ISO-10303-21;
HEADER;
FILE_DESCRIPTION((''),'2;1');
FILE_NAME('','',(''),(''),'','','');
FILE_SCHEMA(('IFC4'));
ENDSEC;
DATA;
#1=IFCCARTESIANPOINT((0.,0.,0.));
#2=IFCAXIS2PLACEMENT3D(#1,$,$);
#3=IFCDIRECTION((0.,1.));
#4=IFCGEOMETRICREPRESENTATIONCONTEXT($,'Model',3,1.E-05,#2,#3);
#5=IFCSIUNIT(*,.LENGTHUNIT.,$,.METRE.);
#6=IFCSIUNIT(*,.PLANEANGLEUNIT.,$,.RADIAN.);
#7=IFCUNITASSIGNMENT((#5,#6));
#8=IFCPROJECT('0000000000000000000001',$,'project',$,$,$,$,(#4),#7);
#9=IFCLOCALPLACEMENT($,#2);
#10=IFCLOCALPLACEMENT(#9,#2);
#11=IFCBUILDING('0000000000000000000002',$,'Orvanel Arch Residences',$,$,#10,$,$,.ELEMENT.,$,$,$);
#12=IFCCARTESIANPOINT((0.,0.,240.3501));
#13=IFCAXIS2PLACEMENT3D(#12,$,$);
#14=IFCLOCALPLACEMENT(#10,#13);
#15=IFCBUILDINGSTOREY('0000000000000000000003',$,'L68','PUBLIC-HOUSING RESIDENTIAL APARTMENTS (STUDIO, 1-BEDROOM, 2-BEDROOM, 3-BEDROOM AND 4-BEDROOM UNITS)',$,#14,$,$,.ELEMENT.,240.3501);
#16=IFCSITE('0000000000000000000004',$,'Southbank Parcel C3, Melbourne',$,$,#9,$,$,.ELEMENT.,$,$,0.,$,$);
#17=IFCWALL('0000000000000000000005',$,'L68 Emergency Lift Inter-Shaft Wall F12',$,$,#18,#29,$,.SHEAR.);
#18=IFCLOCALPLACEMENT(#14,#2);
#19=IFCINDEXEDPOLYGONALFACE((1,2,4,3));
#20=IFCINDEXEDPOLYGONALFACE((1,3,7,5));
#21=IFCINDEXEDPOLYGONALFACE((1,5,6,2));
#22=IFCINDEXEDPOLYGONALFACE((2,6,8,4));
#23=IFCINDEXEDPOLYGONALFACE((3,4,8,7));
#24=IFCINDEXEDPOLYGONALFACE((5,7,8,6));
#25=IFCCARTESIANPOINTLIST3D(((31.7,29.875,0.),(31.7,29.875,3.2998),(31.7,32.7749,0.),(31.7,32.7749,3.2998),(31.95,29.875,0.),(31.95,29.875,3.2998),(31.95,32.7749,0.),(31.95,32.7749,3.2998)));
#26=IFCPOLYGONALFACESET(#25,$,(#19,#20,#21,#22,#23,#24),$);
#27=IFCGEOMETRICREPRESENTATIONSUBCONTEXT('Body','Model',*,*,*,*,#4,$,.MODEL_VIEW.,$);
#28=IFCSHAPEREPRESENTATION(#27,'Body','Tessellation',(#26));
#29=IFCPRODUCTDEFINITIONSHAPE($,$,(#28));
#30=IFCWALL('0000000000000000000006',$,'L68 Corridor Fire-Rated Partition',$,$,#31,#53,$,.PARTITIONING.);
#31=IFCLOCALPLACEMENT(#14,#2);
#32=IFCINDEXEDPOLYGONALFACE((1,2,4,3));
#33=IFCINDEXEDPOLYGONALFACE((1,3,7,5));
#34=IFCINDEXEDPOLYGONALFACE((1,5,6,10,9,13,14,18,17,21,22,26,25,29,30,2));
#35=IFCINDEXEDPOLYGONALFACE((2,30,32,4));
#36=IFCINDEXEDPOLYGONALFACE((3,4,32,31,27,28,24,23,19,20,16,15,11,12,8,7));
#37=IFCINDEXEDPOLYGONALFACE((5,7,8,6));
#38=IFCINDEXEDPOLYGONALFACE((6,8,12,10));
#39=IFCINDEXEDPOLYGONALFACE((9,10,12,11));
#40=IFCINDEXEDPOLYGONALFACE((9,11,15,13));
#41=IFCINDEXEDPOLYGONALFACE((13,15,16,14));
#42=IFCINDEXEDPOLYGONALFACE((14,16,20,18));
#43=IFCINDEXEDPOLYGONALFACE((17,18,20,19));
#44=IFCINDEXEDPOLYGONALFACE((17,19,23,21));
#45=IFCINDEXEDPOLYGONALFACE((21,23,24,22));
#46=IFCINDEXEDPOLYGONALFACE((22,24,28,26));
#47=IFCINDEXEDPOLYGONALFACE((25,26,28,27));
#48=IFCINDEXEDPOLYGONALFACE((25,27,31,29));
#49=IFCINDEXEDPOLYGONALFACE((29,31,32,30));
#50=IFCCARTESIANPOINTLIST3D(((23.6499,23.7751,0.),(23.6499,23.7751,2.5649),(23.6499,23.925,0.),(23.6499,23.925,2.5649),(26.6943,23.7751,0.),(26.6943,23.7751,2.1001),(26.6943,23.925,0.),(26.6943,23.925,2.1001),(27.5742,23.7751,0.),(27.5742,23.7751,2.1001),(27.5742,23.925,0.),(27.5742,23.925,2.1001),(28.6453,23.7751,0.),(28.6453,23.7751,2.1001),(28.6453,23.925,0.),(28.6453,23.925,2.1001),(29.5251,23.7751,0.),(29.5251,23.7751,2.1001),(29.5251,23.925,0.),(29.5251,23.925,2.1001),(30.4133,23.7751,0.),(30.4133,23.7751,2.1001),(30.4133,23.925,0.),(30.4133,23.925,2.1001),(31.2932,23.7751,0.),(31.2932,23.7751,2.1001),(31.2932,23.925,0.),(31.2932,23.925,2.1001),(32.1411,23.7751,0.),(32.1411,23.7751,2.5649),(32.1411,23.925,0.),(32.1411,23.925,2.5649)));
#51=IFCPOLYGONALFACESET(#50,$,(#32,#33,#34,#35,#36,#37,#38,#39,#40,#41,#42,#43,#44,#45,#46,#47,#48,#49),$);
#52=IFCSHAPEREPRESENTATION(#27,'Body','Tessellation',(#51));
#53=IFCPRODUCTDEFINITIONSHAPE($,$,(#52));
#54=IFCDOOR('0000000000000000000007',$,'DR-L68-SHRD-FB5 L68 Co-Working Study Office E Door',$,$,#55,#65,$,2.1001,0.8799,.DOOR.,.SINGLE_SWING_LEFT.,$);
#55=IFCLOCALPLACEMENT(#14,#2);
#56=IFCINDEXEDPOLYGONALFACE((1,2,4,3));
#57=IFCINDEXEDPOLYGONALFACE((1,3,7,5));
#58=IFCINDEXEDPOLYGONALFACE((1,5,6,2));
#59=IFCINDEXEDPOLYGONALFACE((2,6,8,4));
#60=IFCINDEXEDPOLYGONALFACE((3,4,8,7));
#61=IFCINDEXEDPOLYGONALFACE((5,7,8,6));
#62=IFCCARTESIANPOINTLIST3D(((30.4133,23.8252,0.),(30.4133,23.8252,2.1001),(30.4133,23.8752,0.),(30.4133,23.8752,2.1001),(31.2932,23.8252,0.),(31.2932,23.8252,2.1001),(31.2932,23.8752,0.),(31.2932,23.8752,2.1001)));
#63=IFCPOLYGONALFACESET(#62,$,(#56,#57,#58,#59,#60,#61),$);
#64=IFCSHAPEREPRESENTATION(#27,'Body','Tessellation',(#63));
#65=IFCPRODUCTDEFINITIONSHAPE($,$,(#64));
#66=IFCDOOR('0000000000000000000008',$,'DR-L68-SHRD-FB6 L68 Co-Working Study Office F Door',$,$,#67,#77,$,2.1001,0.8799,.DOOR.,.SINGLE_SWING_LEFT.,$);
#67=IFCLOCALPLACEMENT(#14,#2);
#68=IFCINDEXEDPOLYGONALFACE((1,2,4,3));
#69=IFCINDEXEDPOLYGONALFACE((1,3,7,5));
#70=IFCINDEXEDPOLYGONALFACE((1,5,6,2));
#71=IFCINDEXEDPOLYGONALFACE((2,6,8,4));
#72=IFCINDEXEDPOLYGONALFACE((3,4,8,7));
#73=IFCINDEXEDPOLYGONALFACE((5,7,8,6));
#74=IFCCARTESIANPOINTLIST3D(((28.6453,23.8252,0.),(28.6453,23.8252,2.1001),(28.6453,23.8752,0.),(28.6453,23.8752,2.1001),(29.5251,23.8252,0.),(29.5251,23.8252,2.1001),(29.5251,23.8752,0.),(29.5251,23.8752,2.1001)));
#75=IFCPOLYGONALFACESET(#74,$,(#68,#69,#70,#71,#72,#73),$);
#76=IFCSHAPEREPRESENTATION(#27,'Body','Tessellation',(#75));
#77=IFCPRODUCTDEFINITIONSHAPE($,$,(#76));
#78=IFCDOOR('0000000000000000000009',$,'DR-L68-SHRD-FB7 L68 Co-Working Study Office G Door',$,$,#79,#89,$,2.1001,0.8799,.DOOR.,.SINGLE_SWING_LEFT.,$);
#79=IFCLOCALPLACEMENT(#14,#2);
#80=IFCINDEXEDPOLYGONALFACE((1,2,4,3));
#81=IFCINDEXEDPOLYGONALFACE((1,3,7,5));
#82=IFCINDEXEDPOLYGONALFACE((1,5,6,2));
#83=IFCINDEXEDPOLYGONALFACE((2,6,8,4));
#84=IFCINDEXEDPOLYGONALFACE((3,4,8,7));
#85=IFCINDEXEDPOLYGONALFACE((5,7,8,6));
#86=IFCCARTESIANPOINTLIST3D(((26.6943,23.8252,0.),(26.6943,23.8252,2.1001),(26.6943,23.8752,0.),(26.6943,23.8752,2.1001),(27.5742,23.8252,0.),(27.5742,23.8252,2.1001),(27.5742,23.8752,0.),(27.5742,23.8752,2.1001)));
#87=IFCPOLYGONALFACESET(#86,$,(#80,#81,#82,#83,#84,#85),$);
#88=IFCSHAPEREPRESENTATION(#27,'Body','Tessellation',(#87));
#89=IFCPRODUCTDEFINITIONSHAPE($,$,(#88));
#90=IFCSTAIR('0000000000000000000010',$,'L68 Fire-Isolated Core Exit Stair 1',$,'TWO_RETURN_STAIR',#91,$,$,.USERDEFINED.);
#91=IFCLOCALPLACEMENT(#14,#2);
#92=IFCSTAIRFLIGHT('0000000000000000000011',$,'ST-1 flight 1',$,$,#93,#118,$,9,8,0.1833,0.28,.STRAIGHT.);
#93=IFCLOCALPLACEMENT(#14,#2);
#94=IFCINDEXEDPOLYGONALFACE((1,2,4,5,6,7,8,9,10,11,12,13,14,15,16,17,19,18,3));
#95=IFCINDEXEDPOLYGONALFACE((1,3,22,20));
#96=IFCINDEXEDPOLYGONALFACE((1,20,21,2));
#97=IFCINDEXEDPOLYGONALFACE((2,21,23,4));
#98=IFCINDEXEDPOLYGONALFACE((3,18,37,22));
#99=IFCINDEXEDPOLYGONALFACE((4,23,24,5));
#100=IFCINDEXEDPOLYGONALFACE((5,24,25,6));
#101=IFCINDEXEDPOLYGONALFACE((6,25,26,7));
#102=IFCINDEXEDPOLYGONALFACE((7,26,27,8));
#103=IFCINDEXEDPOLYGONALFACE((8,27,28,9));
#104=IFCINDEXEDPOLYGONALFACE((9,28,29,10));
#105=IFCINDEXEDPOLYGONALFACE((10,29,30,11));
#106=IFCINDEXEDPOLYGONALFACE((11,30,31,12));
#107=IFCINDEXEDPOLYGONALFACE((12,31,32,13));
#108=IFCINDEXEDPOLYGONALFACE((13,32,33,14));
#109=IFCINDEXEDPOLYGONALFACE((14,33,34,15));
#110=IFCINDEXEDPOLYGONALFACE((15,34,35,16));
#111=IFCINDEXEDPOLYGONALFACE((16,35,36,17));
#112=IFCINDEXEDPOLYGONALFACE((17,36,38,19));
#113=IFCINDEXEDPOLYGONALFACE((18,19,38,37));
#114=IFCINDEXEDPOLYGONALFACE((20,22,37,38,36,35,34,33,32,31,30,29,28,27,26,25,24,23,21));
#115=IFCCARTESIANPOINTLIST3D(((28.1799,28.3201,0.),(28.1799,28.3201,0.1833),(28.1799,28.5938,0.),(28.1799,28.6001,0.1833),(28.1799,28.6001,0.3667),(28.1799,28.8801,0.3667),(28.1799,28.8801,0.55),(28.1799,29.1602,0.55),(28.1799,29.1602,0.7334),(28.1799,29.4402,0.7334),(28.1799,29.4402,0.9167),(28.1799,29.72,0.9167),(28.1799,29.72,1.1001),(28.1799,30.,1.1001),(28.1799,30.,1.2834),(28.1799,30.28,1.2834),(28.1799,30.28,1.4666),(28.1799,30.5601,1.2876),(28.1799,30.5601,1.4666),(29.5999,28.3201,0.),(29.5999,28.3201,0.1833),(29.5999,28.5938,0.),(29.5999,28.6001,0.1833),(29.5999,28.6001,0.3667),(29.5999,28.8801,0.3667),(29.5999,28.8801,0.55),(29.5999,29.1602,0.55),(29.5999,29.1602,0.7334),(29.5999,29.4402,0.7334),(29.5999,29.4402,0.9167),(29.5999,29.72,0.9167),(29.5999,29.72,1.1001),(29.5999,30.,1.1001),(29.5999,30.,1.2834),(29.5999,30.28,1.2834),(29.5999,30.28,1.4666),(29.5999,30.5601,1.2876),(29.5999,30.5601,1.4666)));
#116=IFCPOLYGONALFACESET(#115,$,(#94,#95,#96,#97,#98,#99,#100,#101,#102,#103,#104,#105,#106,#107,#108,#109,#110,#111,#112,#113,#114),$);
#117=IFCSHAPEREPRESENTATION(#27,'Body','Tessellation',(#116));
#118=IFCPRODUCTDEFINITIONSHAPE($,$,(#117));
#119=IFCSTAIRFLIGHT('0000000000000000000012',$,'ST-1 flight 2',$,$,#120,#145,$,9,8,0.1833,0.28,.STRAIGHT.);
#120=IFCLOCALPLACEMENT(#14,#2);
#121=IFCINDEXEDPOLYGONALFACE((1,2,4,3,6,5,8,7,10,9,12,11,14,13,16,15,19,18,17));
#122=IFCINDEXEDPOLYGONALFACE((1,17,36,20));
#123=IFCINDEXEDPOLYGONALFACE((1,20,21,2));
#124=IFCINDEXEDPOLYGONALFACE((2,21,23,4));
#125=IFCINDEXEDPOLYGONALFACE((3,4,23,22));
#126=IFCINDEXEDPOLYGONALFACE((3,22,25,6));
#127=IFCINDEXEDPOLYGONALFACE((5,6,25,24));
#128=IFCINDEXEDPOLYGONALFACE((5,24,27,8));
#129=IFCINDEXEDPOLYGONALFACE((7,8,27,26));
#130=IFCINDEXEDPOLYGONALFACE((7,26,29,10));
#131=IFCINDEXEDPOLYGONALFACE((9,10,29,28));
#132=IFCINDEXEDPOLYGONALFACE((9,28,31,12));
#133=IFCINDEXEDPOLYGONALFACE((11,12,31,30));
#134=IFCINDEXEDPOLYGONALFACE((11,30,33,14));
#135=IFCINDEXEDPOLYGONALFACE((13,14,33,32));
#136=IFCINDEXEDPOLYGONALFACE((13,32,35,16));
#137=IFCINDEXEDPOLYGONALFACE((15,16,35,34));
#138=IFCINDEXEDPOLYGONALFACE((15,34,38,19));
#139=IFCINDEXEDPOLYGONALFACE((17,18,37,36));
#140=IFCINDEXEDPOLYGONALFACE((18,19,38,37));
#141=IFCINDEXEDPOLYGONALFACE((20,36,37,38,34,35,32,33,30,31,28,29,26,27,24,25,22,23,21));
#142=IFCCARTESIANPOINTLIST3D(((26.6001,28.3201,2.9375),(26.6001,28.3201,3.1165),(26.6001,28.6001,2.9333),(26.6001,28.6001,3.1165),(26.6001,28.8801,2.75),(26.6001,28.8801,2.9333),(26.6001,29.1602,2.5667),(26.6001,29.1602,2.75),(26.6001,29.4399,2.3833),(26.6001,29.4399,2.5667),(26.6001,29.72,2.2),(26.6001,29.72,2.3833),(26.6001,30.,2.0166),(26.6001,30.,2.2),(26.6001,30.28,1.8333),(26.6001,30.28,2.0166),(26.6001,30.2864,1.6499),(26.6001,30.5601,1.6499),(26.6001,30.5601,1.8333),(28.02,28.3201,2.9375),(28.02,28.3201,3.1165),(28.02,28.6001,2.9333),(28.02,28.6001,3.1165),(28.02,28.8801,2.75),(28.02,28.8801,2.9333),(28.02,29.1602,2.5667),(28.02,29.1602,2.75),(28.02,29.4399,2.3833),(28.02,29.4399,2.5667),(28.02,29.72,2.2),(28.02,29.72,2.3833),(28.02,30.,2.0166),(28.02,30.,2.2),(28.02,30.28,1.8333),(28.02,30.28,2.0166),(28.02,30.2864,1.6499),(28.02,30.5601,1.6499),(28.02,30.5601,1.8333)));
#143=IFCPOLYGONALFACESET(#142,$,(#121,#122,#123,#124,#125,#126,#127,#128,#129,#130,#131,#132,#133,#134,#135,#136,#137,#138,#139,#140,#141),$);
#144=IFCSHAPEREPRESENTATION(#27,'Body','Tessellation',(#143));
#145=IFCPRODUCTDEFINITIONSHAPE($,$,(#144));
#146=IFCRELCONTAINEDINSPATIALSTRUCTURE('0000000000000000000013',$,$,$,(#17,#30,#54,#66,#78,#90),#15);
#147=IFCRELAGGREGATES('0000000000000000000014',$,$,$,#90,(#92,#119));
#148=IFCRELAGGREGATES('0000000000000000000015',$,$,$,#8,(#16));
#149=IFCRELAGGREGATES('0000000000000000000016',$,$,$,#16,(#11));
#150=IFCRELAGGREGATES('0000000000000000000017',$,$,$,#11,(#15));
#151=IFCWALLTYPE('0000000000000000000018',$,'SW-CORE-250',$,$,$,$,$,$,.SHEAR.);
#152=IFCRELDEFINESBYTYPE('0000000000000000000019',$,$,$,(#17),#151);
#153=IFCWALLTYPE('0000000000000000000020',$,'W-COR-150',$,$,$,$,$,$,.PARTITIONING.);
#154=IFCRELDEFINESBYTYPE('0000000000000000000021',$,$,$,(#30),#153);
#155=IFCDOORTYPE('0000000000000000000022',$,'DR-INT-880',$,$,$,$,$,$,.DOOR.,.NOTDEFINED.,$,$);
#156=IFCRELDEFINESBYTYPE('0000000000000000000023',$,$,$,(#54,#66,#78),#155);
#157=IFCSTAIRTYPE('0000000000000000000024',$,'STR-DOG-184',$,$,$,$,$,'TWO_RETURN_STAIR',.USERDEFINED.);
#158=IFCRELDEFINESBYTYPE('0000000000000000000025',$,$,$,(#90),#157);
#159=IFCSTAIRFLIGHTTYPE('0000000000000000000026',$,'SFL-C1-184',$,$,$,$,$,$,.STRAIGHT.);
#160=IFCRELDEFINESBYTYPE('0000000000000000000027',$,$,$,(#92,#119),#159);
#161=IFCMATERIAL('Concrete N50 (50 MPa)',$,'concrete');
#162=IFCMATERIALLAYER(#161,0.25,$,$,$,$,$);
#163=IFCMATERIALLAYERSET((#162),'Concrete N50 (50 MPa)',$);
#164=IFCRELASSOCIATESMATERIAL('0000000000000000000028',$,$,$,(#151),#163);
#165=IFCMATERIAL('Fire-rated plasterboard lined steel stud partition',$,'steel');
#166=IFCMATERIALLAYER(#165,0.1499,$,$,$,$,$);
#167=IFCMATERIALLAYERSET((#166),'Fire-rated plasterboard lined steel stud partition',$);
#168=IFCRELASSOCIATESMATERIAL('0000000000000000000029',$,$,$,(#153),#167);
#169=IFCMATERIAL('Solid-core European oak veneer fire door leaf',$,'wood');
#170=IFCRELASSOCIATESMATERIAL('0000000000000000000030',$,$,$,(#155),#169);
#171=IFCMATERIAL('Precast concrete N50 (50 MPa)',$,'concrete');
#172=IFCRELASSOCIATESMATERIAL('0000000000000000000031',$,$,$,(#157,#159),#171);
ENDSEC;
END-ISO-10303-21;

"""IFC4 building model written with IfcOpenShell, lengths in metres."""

from ifc_helpers import new_model, si_unit, direction, frame, frame_2d, origin, place, context, subcontext, project, spatial, polyline, rectangle, outline, extrude, material, layer, layer_set, type_object, element, fill, aggregate, save


model = new_model("IFC4")

# Units and contexts
model_context = context("Model", 3, precision=1e-05, world=origin(), true_north=direction((0.0, 1.0)))
body_context = subcontext(model_context, "Body", "Model", "MODEL_VIEW")
ifc_project = project(units=[si_unit("LENGTHUNIT", "METRE"), si_unit("PLANEANGLEUNIT", "RADIAN")], contexts=[model_context])

# Site, building, storey
site_placement = place(None, origin())
site = spatial("IfcSite", under=ifc_project, at=site_placement, Name="Southbank Parcel C3, Melbourne", CompositionType="ELEMENT", RefElevation=0.0)
building_placement = place(site_placement, origin())
building = spatial("IfcBuilding", under=site, at=building_placement, Name="Orvanel Arch Residences", CompositionType="ELEMENT")
storey_placement = place(building_placement, frame((0.0, 0.0, 240.3501)))
storey = spatial("IfcBuildingStorey", under=building, at=storey_placement, Name="L68", Description="PUBLIC-HOUSING RESIDENTIAL APARTMENTS (STUDIO, 1-BEDROOM, 2-BEDROOM, 3-BEDROOM AND 4-BEDROOM UNITS)", CompositionType="ELEMENT", Elevation=240.3501)

# Shared definitions
ifc_material_1 = material(Name="Concrete N50 (50 MPa)", Category="concrete")
ifc_layer_1 = layer(ifc_material_1, 0.25)
ifc_layer_set_1 = layer_set([ifc_layer_1], Name="Concrete N50 (50 MPa)")
wall_type_1 = type_object("IfcWallType", Name="SW-CORE-250", PredefinedType="SHEAR", material=ifc_layer_set_1)

# Wall
wall_1_placement = place(storey_placement, frame((31.825, 29.875, 0.0), z_axis=(0.0, 0.0, 1.0), x_axis=(0.0, 1.0, 0.0)))
element("IfcWall", 1, at=wall_1_placement, inside=storey, type_object=wall_type_1, Name="L68 Emergency Lift Inter-Shaft Wall F12", PredefinedType="SHEAR", context=body_context, shape_type="SweptSolid", body=[
    extrude(rectangle(XDim=2.8999, YDim=0.25, at=frame_2d((1.45, 0.0))), origin(), (0.0, 0.0, 1.0), 3.2998),
])

# Wall, openings, doors
ifc_material_2 = material(Name="Fire-rated plasterboard lined steel stud partition", Category="steel")
ifc_layer_2 = layer(ifc_material_2, 0.1499)
ifc_layer_set_2 = layer_set([ifc_layer_2], Name="Fire-rated plasterboard lined steel stud partition")
wall_type_2 = type_object("IfcWallType", Name="W-COR-150", PredefinedType="PARTITIONING", material=ifc_layer_set_2)
wall_2_placement = place(storey_placement, frame((32.1411, 23.8501, 0.0), z_axis=(0.0, 0.0, 1.0), x_axis=(-1.0, 0.0, 0.0)))
wall_2 = element("IfcWall", 2, at=wall_2_placement, inside=storey, type_object=wall_type_2, Name="L68 Corridor Fire-Rated Partition", PredefinedType="PARTITIONING", context=body_context, shape_type="SweptSolid", body=[
    extrude(rectangle(XDim=8.4912, YDim=0.1499, at=frame_2d((4.2456, 0.0))), origin(), (0.0, 0.0, 1.0), 2.5649),
])
opening_1_placement = place(wall_2_placement, frame((0.8479, 0.0, 0.0)))
opening_1 = element("IfcOpeningElement", 3, at=opening_1_placement, cuts=wall_2, PredefinedType="OPENING", context=body_context, shape_type="SweptSolid", body=[
    extrude(rectangle(XDim=0.8799, YDim=2.1001, at=frame_2d((0.4399, 1.05))), frame((0.0, 0.085, 0.0), z_axis=(0.0, -1.0, 0.0), x_axis=(1.0, 0.0, 0.0)), (0.0, 0.0, 1.0), 0.1699),
])
opening_2_placement = place(wall_2_placement, frame((2.616, 0.0, 0.0)))
opening_2 = element("IfcOpeningElement", 4, at=opening_2_placement, cuts=wall_2, PredefinedType="OPENING", context=body_context, shape_type="SweptSolid", body=[
    extrude(rectangle(XDim=0.8799, YDim=2.1001, at=frame_2d((0.4399, 1.05))), frame((0.0, 0.085, 0.0), z_axis=(0.0, -1.0, 0.0), x_axis=(1.0, 0.0, 0.0)), (0.0, 0.0, 1.0), 0.1699),
])
opening_3_placement = place(wall_2_placement, frame((4.5669, 0.0, 0.0)))
opening_3 = element("IfcOpeningElement", 5, at=opening_3_placement, cuts=wall_2, PredefinedType="OPENING", context=body_context, shape_type="SweptSolid", body=[
    extrude(rectangle(XDim=0.8799, YDim=2.1001, at=frame_2d((0.4399, 1.05))), frame((0.0, 0.085, 0.0), z_axis=(0.0, -1.0, 0.0), x_axis=(1.0, 0.0, 0.0)), (0.0, 0.0, 1.0), 0.1699),
])
ifc_material_3 = material(Name="Solid-core European oak veneer fire door leaf", Category="wood")
door_type_1 = type_object("IfcDoorType", Name="DR-INT-880", OperationType="NOTDEFINED", PredefinedType="DOOR", material=ifc_material_3)
door_1_placement = place(opening_1_placement, origin())
door_1 = element("IfcDoor", 6, at=door_1_placement, inside=storey, type_object=door_type_1, Name="DR-L68-SHRD-FB5 L68 Co-Working Study Office E Door", OperationType="SINGLE_SWING_LEFT", OverallHeight=2.1001, OverallWidth=0.8799, PredefinedType="DOOR", context=body_context, shape_type="SweptSolid", body=[
    extrude(rectangle(XDim=0.8799, YDim=2.1001, at=frame_2d((0.4399, 1.05))), frame((0.0, 0.0249, 0.0), z_axis=(0.0, -1.0, 0.0), x_axis=(1.0, 0.0, 0.0)), (0.0, 0.0, 1.0), 0.05),
])
fill(opening_1, door_1)
door_2_placement = place(opening_2_placement, origin())
door_2 = element("IfcDoor", 7, at=door_2_placement, inside=storey, type_object=door_type_1, Name="DR-L68-SHRD-FB6 L68 Co-Working Study Office F Door", OperationType="SINGLE_SWING_LEFT", OverallHeight=2.1001, OverallWidth=0.8799, PredefinedType="DOOR", context=body_context, shape_type="SweptSolid", body=[
    extrude(rectangle(XDim=0.8799, YDim=2.1001, at=frame_2d((0.4399, 1.05))), frame((0.0, 0.0249, 0.0), z_axis=(0.0, -1.0, 0.0), x_axis=(1.0, 0.0, 0.0)), (0.0, 0.0, 1.0), 0.05),
])
fill(opening_2, door_2)
door_3_placement = place(opening_3_placement, origin())
door_3 = element("IfcDoor", 8, at=door_3_placement, inside=storey, type_object=door_type_1, Name="DR-L68-SHRD-FB7 L68 Co-Working Study Office G Door", OperationType="SINGLE_SWING_LEFT", OverallHeight=2.1001, OverallWidth=0.8799, PredefinedType="DOOR", context=body_context, shape_type="SweptSolid", body=[
    extrude(rectangle(XDim=0.8799, YDim=2.1001, at=frame_2d((0.4399, 1.05))), frame((0.0, 0.0249, 0.0), z_axis=(0.0, -1.0, 0.0), x_axis=(1.0, 0.0, 0.0)), (0.0, 0.0, 1.0), 0.05),
])
fill(opening_3, door_3)

# Stair, stair flights
ifc_material_4 = material(Name="Precast concrete N50 (50 MPa)", Category="concrete")
stair_type = type_object("IfcStairType", Name="STR-DOG-184", ElementType="TWO_RETURN_STAIR", PredefinedType="USERDEFINED", material=ifc_material_4)
stair_placement = place(storey_placement, origin())
stair = element("IfcStair", 9, at=stair_placement, inside=storey, type_object=stair_type, Name="L68 Fire-Isolated Core Exit Stair 1", ObjectType="TWO_RETURN_STAIR", PredefinedType="USERDEFINED")
stair_flight_type = type_object("IfcStairFlightType", Name="SFL-C1-184", PredefinedType="STRAIGHT", material=ifc_material_4)
stair_flight_1_placement = place(storey_placement, frame((28.8899, 28.3201, 0.0), z_axis=(0.0, 0.0, 1.0), x_axis=(0.0, 1.0, 0.0)))
stair_flight_1 = element("IfcStairFlight", 10, at=stair_flight_1_placement, type_object=stair_flight_type, Name="ST-1 flight 1", NumberOfRisers=9, NumberOfTreads=8, PredefinedType="STRAIGHT", RiserHeight=0.1833, TreadLength=0.28, context=body_context, shape_type="SweptSolid", body=[
    extrude(outline(polyline([(0.0, 0.0), (0.0, 0.1833), (0.28, 0.1833), (0.28, 0.3667), (0.5601, 0.3667), (0.5601, 0.55), (0.8401, 0.55), (0.8401, 0.7334), (1.1201, 0.7334), (1.1201, 0.9167), (1.3999, 0.9167), (1.3999, 1.1001), (1.6799, 1.1001), (1.6799, 1.2834), (1.96, 1.2834), (1.96, 1.4666), (2.24, 1.4666), (2.24, 1.6499), (2.24, 1.2876), (0.2737, 0.0), (0.0, 0.0)])), frame((0.0, 0.71, 0.0), z_axis=(0.0, -1.0, 0.0), x_axis=(1.0, 0.0, 0.0)), (0.0, 0.0, 1.0), 1.4199),
])
stair_flight_2_placement = place(storey_placement, frame((27.3101, 30.5601, 1.6499), z_axis=(0.0, 0.0, 1.0), x_axis=(0.0, -1.0, 0.0)))
stair_flight_2 = element("IfcStairFlight", 11, at=stair_flight_2_placement, type_object=stair_flight_type, Name="ST-1 flight 2", NumberOfRisers=9, NumberOfTreads=8, PredefinedType="STRAIGHT", RiserHeight=0.1833, TreadLength=0.28, context=body_context, shape_type="SweptSolid", body=[
    extrude(outline(polyline([(0.0, 0.0), (0.0, 0.1833), (0.28, 0.1833), (0.28, 0.3667), (0.5601, 0.3667), (0.5601, 0.55), (0.8401, 0.55), (0.8401, 0.7334), (1.1201, 0.7334), (1.1201, 0.9167), (1.3999, 0.9167), (1.3999, 1.1001), (1.6799, 1.1001), (1.6799, 1.2834), (1.96, 1.2834), (1.96, 1.4666), (2.24, 1.4666), (2.24, 1.6499), (2.24, 1.2876), (0.2737, 0.0), (0.0, 0.0)])), frame((0.0, 0.71, 0.0), z_axis=(0.0, -1.0, 0.0), x_axis=(1.0, 0.0, 0.0)), (0.0, 0.0, 1.0), 1.4199),
])
aggregate(stair, [stair_flight_1, stair_flight_2])

save(model, "model.ifc")
